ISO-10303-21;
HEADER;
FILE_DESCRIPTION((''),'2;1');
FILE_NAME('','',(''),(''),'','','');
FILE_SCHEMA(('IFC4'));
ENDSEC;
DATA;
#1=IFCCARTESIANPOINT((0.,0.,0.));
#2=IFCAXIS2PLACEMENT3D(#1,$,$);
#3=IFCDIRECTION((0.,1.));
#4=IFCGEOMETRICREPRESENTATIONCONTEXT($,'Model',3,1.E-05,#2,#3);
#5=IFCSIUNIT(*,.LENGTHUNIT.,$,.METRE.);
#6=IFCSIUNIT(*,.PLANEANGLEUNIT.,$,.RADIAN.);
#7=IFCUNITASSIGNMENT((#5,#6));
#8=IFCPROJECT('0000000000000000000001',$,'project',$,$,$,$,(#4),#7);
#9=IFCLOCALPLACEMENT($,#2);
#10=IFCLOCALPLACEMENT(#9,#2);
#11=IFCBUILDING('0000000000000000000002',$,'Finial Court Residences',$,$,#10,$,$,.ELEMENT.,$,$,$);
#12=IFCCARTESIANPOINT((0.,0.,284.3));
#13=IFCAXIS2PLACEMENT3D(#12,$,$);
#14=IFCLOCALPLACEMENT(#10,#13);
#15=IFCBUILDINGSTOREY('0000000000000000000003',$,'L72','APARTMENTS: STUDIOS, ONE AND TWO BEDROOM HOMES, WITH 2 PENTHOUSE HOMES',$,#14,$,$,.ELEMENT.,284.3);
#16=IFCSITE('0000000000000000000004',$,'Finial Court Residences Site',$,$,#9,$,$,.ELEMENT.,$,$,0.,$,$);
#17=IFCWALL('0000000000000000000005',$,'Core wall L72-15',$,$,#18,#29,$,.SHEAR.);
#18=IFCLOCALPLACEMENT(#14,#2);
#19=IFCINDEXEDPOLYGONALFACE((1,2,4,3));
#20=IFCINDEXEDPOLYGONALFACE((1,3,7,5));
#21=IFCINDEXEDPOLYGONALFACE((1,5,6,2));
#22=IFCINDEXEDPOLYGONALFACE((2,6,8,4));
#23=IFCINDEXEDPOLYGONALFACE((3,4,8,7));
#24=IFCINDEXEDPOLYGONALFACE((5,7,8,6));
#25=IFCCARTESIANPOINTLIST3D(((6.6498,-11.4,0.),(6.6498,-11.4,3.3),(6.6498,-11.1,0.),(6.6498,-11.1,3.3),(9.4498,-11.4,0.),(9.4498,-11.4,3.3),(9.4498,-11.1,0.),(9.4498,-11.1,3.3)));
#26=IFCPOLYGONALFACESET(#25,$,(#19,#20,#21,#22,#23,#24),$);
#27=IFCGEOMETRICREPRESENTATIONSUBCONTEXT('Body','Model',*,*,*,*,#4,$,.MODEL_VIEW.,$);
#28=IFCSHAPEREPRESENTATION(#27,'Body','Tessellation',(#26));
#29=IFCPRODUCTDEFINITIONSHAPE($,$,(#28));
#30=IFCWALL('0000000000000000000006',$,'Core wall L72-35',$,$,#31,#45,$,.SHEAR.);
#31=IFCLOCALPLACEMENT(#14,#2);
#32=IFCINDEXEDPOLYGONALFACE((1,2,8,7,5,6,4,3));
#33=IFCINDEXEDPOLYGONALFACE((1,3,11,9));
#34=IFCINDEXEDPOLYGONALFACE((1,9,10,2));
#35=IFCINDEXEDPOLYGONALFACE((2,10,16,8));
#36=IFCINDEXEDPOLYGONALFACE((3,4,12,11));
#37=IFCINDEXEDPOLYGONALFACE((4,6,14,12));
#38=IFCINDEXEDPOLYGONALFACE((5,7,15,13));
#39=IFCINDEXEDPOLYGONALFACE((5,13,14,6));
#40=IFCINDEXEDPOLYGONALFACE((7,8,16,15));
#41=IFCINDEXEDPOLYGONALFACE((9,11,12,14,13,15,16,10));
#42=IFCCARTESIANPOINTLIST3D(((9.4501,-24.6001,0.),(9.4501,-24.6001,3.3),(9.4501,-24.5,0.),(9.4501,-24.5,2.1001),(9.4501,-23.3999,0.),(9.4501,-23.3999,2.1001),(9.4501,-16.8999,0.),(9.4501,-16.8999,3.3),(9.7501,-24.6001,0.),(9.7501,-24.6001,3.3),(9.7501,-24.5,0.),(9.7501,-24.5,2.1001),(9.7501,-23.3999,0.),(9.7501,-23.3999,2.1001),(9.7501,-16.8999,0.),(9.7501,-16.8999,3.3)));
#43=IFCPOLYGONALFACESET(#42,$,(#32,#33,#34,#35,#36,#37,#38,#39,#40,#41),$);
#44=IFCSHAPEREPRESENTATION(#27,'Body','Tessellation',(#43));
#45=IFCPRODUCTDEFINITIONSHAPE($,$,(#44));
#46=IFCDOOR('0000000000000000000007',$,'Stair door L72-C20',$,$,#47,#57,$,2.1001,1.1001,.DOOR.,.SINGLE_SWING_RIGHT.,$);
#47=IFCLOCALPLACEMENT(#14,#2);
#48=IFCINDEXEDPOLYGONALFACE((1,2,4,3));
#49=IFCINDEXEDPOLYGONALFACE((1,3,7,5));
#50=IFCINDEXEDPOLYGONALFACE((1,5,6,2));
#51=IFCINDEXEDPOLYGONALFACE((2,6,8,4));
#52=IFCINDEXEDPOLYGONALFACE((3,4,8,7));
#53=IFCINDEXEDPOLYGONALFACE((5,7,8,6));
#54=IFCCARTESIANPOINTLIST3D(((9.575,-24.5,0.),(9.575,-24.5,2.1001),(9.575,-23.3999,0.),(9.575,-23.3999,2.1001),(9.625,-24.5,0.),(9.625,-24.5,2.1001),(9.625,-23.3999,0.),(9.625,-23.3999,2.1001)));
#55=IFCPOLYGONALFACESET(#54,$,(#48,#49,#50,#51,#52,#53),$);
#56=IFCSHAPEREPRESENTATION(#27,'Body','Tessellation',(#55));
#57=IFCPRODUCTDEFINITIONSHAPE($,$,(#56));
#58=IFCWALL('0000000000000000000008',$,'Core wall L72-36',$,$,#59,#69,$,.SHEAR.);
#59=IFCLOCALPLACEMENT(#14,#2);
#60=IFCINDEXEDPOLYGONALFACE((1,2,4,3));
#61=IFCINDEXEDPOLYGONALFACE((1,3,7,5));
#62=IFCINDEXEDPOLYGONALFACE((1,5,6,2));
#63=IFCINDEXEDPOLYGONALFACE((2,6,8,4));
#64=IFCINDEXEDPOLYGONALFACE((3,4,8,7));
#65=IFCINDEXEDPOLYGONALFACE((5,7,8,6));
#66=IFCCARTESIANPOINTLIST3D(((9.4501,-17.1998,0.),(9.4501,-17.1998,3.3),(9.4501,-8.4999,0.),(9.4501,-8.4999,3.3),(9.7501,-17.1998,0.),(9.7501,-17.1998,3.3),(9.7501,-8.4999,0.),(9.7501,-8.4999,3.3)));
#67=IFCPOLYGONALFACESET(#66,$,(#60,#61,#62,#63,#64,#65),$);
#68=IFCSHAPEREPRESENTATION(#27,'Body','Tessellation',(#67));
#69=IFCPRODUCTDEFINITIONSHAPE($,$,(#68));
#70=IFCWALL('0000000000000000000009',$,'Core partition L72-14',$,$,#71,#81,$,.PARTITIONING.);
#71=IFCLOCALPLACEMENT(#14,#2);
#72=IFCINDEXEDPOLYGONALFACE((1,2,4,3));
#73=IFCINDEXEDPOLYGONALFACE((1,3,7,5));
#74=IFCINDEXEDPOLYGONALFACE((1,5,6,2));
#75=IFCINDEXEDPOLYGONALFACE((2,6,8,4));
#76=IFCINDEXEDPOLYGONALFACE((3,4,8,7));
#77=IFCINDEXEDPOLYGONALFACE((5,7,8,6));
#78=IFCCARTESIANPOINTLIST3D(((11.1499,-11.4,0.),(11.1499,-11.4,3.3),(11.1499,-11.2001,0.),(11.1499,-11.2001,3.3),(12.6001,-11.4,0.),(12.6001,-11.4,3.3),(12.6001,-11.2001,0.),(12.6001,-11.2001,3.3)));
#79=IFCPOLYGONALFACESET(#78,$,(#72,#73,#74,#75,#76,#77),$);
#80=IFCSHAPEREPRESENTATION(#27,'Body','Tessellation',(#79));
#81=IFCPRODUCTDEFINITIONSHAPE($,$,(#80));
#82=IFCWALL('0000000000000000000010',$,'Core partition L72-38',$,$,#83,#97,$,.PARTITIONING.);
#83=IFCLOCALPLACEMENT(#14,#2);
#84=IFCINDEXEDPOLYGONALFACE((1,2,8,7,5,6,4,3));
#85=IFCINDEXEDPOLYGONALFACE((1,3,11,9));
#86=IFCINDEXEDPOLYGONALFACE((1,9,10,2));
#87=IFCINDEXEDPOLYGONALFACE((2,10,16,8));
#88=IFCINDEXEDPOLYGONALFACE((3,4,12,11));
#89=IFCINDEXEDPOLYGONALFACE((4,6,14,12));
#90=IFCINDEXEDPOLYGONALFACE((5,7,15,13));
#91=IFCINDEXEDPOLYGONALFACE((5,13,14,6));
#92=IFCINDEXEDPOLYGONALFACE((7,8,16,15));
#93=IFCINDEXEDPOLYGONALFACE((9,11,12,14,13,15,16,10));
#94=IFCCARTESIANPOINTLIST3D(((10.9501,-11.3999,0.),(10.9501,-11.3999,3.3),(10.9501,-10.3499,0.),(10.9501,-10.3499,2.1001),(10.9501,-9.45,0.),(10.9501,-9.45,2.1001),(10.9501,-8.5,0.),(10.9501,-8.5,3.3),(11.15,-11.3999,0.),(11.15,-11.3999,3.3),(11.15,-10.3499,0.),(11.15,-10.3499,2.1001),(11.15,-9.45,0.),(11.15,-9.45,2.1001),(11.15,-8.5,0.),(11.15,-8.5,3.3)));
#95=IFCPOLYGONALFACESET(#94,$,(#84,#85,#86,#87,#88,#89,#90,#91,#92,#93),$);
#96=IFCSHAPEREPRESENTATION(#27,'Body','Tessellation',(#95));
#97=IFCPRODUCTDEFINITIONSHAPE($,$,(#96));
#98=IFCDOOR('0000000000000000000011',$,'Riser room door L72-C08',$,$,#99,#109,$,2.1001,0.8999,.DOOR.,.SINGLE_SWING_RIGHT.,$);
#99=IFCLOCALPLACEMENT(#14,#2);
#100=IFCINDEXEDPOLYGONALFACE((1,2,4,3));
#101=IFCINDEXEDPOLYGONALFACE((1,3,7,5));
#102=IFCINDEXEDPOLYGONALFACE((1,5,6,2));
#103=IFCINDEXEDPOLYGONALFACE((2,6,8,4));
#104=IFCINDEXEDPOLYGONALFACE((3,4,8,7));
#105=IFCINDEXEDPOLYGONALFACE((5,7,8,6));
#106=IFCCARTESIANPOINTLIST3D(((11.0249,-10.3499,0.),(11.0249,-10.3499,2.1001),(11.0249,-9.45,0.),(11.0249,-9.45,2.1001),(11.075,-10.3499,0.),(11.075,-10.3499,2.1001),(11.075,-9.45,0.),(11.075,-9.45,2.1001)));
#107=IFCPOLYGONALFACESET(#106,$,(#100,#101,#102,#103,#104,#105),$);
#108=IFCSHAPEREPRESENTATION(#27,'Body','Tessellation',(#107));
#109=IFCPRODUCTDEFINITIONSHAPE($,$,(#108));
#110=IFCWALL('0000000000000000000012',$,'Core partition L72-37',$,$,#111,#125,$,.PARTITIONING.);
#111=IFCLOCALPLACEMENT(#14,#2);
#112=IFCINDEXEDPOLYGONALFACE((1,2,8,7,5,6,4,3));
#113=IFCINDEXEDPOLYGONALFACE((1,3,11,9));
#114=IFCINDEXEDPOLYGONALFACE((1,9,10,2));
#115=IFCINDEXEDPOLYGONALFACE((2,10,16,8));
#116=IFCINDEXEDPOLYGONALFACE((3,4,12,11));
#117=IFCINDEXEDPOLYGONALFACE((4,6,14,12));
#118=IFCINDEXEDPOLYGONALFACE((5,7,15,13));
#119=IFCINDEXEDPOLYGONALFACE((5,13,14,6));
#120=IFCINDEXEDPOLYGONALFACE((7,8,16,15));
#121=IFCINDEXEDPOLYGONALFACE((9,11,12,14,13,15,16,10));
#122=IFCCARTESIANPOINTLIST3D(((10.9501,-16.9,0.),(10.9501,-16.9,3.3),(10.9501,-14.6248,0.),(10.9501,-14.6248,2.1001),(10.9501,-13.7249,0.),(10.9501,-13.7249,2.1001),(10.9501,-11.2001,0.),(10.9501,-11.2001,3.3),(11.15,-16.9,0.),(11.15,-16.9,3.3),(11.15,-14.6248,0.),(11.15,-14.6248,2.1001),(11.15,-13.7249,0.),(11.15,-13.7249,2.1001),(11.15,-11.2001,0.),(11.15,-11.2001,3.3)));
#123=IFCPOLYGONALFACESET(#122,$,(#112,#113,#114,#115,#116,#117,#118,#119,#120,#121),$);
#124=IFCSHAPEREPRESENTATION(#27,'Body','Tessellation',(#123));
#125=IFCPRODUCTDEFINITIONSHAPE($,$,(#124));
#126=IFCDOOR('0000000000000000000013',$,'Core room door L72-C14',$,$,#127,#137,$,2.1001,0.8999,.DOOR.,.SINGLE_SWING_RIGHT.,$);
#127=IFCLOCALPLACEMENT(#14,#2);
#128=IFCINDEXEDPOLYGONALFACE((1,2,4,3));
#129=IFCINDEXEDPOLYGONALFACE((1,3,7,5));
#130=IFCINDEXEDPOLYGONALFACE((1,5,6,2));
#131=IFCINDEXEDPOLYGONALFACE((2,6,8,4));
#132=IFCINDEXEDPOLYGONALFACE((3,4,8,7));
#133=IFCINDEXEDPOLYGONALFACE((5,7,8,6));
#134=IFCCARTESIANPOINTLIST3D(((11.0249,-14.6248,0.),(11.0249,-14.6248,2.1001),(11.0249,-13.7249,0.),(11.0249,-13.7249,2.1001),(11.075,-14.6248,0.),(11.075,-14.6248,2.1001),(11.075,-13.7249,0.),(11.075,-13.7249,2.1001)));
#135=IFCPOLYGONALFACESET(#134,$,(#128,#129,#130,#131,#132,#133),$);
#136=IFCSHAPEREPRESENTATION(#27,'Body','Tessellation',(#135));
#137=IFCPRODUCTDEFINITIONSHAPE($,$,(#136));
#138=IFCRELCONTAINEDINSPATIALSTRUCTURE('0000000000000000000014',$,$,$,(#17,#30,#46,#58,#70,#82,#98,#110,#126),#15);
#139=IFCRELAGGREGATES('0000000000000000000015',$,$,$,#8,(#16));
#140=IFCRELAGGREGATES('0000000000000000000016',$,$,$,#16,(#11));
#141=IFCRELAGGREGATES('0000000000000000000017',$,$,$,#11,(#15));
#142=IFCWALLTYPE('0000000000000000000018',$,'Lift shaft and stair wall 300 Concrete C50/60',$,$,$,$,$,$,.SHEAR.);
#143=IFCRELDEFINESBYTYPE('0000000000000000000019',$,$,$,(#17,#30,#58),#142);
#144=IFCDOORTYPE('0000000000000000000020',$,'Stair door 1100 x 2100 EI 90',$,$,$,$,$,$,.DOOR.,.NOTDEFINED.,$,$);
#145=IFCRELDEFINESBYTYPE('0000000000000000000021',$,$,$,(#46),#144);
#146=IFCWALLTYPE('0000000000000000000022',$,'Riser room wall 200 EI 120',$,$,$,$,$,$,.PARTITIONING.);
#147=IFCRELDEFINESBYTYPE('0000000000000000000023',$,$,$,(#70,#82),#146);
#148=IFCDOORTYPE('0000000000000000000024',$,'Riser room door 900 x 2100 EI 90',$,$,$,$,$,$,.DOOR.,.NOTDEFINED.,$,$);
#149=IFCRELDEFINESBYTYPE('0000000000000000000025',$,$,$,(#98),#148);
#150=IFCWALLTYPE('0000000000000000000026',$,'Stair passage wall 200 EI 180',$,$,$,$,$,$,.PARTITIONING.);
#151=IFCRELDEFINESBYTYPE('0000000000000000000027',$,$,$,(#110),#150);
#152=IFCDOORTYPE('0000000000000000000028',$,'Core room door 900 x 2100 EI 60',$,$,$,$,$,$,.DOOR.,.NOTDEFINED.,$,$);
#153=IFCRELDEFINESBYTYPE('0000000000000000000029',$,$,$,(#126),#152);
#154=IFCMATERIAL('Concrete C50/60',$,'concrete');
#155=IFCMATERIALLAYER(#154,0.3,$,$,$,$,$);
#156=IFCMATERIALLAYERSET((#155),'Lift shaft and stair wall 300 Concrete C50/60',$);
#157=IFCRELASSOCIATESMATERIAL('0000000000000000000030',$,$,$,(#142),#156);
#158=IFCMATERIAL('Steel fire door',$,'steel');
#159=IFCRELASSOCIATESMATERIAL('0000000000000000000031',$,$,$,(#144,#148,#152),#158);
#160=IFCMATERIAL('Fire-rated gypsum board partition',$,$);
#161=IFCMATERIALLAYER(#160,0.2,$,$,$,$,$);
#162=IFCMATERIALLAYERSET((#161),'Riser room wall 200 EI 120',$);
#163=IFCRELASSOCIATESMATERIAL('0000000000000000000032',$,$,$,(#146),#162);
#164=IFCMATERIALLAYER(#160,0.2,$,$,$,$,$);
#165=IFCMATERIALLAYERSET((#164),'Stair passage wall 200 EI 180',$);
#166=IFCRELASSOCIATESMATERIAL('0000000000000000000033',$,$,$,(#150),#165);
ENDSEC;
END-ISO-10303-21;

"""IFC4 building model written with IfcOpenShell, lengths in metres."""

from ifc_helpers import new_model, si_unit, direction, frame, frame_2d, origin, place, context, subcontext, project, spatial, rectangle, extrude, material, layer, layer_set, type_object, element, fill, save


model = new_model("IFC4")

# Units and contexts
model_context = context("Model", 3, precision=1e-05, world=origin(), true_north=direction((0.0, 1.0)))
body_context = subcontext(model_context, "Body", "Model", "MODEL_VIEW")
ifc_project = project(units=[si_unit("LENGTHUNIT", "METRE"), si_unit("PLANEANGLEUNIT", "RADIAN")], contexts=[model_context])

# Site, building, storey
site_placement = place(None, origin())
site = spatial("IfcSite", under=ifc_project, at=site_placement, Name="Finial Court Residences Site", CompositionType="ELEMENT", RefElevation=0.0)
building_placement = place(site_placement, origin())
building = spatial("IfcBuilding", under=site, at=building_placement, Name="Finial Court Residences", CompositionType="ELEMENT")
storey_placement = place(building_placement, frame((0.0, 0.0, 284.3)))
storey = spatial("IfcBuildingStorey", under=building, at=storey_placement, Name="L72", Description="APARTMENTS: STUDIOS, ONE AND TWO BEDROOM HOMES, WITH 2 PENTHOUSE HOMES", CompositionType="ELEMENT", Elevation=284.3)

# Shared definitions
ifc_material_1 = material(Name="Concrete C50/60", Category="concrete")

# Shared definitions
ifc_material_2 = material(Name="Fire-rated gypsum board partition")

# Wall
ifc_layer_1 = layer(ifc_material_1, 0.3)
ifc_layer_set_1 = layer_set([ifc_layer_1], Name="Lift shaft and stair wall 300 Concrete C50/60")
wall_type_1 = type_object("IfcWallType", Name="Lift shaft and stair wall 300 Concrete C50/60", PredefinedType="SHEAR", material=ifc_layer_set_1)
for number, where, z_axis, x_axis, name in (
    (1, (6.6499, -11.25, 0.0), (0.0, 0.0, 1.0), (1.0, 0.0, 0.0), "Core wall L72-15"),
):
    element("IfcWall", number, at=place(storey_placement, frame(where, z_axis=z_axis, x_axis=x_axis)), inside=storey, type_object=wall_type_1, Name=name, PredefinedType="SHEAR", context=body_context, shape_type="SweptSolid", body=[
        extrude(rectangle(XDim=2.8, YDim=0.3, at=frame_2d((1.3999, 0.0))), origin(), (0.0, 0.0, 1.0), 3.3),
    ])

# Wall, opening, door
wall_1_placement = place(storey_placement, frame((9.6001, -16.8999, 0.0), z_axis=(0.0, 0.0, 1.0), x_axis=(0.0, -1.0, 0.0)))
wall_1 = element("IfcWall", 2, at=wall_1_placement, inside=storey, type_object=wall_type_1, Name="Core wall L72-35", PredefinedType="SHEAR", context=body_context, shape_type="SweptSolid", body=[
    extrude(rectangle(XDim=7.7002, YDim=0.3, at=frame_2d((3.8501, 0.0))), origin(), (0.0, 0.0, 1.0), 3.3),
])
opening_1_placement = place(wall_1_placement, frame((6.5, 0.0, 0.0)))
opening_1 = element("IfcOpeningElement", 3, at=opening_1_placement, cuts=wall_1, PredefinedType="OPENING", context=body_context, shape_type="SweptSolid", body=[
    extrude(rectangle(XDim=1.1001, YDim=2.1001, at=frame_2d((0.55, 1.05))), frame((0.0, 0.1599, 0.0), z_axis=(0.0, -1.0, 0.0), x_axis=(1.0, 0.0, 0.0)), (0.0, 0.0, 1.0), 0.3201),
])
ifc_material_3 = material(Name="Steel fire door", Category="steel")
door_type_1 = type_object("IfcDoorType", Name="Stair door 1100 x 2100 EI 90", OperationType="NOTDEFINED", PredefinedType="DOOR", material=ifc_material_3)
door_1_placement = place(opening_1_placement, origin())
door_1 = element("IfcDoor", 4, at=door_1_placement, inside=storey, type_object=door_type_1, Name="Stair door L72-C20", OperationType="SINGLE_SWING_RIGHT", OverallHeight=2.1001, OverallWidth=1.1001, PredefinedType="DOOR", context=body_context, shape_type="SweptSolid", body=[
    extrude(rectangle(XDim=1.1001, YDim=2.1001, at=frame_2d((0.55, 1.05))), frame((0.0, 0.0249, 0.0), z_axis=(0.0, -1.0, 0.0), x_axis=(1.0, 0.0, 0.0)), (0.0, 0.0, 1.0), 0.05),
])
fill(opening_1, door_1)

# Walls
wall_2_placement = place(storey_placement, frame((9.6001, -17.2, 0.0), z_axis=(0.0, 0.0, 1.0), x_axis=(0.0, 1.0, 0.0)))
element("IfcWall", 5, at=wall_2_placement, inside=storey, type_object=wall_type_1, Name="Core wall L72-36", PredefinedType="SHEAR", context=body_context, shape_type="SweptSolid", body=[
    extrude(rectangle(XDim=8.7, YDim=0.3, at=frame_2d((4.3501, 0.0))), origin(), (0.0, 0.0, 1.0), 3.3),
])
ifc_layer_2 = layer(ifc_material_2, 0.2)
ifc_layer_set_2 = layer_set([ifc_layer_2], Name="Riser room wall 200 EI 120")
wall_type_2 = type_object("IfcWallType", Name="Riser room wall 200 EI 120", PredefinedType="PARTITIONING", material=ifc_layer_set_2)
wall_3_placement = place(storey_placement, frame((11.1499, -11.3, 0.0), z_axis=(0.0, 0.0, 1.0), x_axis=(1.0, 0.0, 0.0)))
element("IfcWall", 6, at=wall_3_placement, inside=storey, type_object=wall_type_2, Name="Core partition L72-14", PredefinedType="PARTITIONING", context=body_context, shape_type="SweptSolid", body=[
    extrude(rectangle(XDim=1.4502, YDim=0.2, at=frame_2d((0.7251, 0.0))), origin(), (0.0, 0.0, 1.0), 3.3),
])

# Walls, openings, doors
wall_4_placement = place(storey_placement, frame((11.05, -8.5, 0.0), z_axis=(0.0, 0.0, 1.0), x_axis=(0.0, -1.0, 0.0)))
wall_4 = element("IfcWall", 7, at=wall_4_placement, inside=storey, type_object=wall_type_2, Name="Core partition L72-38", PredefinedType="PARTITIONING", context=body_context, shape_type="SweptSolid", body=[
    extrude(rectangle(XDim=2.8999, YDim=0.2, at=frame_2d((1.45, 0.0))), origin(), (0.0, 0.0, 1.0), 3.3),
])
opening_2_placement = place(wall_4_placement, frame((0.95, 0.0, 0.0)))
opening_2 = element("IfcOpeningElement", 8, at=opening_2_placement, cuts=wall_4, PredefinedType="OPENING", context=body_context, shape_type="SweptSolid", body=[
    extrude(rectangle(XDim=0.8999, YDim=2.1001, at=frame_2d((0.45, 1.05))), frame((0.0, 0.1099, 0.0), z_axis=(0.0, -1.0, 0.0), x_axis=(1.0, 0.0, 0.0)), (0.0, 0.0, 1.0), 0.22),
])
door_type_2 = type_object("IfcDoorType", Name="Riser room door 900 x 2100 EI 90", OperationType="NOTDEFINED", PredefinedType="DOOR", material=ifc_material_3)
door_2_placement = place(opening_2_placement, origin())
door_2 = element("IfcDoor", 9, at=door_2_placement, inside=storey, type_object=door_type_2, Name="Riser room door L72-C08", OperationType="SINGLE_SWING_RIGHT", OverallHeight=2.1001, OverallWidth=0.8999, PredefinedType="DOOR", context=body_context, shape_type="SweptSolid", body=[
    extrude(rectangle(XDim=0.8999, YDim=2.1001, at=frame_2d((0.45, 1.05))), frame((0.0, 0.0249, 0.0), z_axis=(0.0, -1.0, 0.0), x_axis=(1.0, 0.0, 0.0)), (0.0, 0.0, 1.0), 0.05),
])
fill(opening_2, door_2)
ifc_layer_3 = layer(ifc_material_2, 0.2)
ifc_layer_set_3 = layer_set([ifc_layer_3], Name="Stair passage wall 200 EI 180")
wall_type_3 = type_object("IfcWallType", Name="Stair passage wall 200 EI 180", PredefinedType="PARTITIONING", material=ifc_layer_set_3)
wall_5_placement = place(storey_placement, frame((11.05, -11.2, 0.0), z_axis=(0.0, 0.0, 1.0), x_axis=(0.0, -1.0, 0.0)))
wall_5 = element("IfcWall", 10, at=wall_5_placement, inside=storey, type_object=wall_type_3, Name="Core partition L72-37", PredefinedType="PARTITIONING", context=body_context, shape_type="SweptSolid", body=[
    extrude(rectangle(XDim=5.7, YDim=0.2, at=frame_2d((2.8501, 0.0))), origin(), (0.0, 0.0, 1.0), 3.3),
])
opening_3_placement = place(wall_5_placement, frame((2.5249, 0.0, 0.0)))
opening_3 = element("IfcOpeningElement", 11, at=opening_3_placement, cuts=wall_5, PredefinedType="OPENING", context=body_context, shape_type="SweptSolid", body=[
    extrude(rectangle(XDim=0.8999, YDim=2.1001, at=frame_2d((0.45, 1.05))), frame((0.0, 0.1099, 0.0), z_axis=(0.0, -1.0, 0.0), x_axis=(1.0, 0.0, 0.0)), (0.0, 0.0, 1.0), 0.22),
])
door_type_3 = type_object("IfcDoorType", Name="Core room door 900 x 2100 EI 60", OperationType="NOTDEFINED", PredefinedType="DOOR", material=ifc_material_3)
door_3_placement = place(opening_3_placement, origin())
door_3 = element("IfcDoor", 12, at=door_3_placement, inside=storey, type_object=door_type_3, Name="Core room door L72-C14", OperationType="SINGLE_SWING_RIGHT", OverallHeight=2.1001, OverallWidth=0.8999, PredefinedType="DOOR", context=body_context, shape_type="SweptSolid", body=[
    extrude(rectangle(XDim=0.8999, YDim=2.1001, at=frame_2d((0.45, 1.05))), frame((0.0, 0.0249, 0.0), z_axis=(0.0, -1.0, 0.0), x_axis=(1.0, 0.0, 0.0)), (0.0, 0.0, 1.0), 0.05),
])
fill(opening_3, door_3)

save(model, "model.ifc")
